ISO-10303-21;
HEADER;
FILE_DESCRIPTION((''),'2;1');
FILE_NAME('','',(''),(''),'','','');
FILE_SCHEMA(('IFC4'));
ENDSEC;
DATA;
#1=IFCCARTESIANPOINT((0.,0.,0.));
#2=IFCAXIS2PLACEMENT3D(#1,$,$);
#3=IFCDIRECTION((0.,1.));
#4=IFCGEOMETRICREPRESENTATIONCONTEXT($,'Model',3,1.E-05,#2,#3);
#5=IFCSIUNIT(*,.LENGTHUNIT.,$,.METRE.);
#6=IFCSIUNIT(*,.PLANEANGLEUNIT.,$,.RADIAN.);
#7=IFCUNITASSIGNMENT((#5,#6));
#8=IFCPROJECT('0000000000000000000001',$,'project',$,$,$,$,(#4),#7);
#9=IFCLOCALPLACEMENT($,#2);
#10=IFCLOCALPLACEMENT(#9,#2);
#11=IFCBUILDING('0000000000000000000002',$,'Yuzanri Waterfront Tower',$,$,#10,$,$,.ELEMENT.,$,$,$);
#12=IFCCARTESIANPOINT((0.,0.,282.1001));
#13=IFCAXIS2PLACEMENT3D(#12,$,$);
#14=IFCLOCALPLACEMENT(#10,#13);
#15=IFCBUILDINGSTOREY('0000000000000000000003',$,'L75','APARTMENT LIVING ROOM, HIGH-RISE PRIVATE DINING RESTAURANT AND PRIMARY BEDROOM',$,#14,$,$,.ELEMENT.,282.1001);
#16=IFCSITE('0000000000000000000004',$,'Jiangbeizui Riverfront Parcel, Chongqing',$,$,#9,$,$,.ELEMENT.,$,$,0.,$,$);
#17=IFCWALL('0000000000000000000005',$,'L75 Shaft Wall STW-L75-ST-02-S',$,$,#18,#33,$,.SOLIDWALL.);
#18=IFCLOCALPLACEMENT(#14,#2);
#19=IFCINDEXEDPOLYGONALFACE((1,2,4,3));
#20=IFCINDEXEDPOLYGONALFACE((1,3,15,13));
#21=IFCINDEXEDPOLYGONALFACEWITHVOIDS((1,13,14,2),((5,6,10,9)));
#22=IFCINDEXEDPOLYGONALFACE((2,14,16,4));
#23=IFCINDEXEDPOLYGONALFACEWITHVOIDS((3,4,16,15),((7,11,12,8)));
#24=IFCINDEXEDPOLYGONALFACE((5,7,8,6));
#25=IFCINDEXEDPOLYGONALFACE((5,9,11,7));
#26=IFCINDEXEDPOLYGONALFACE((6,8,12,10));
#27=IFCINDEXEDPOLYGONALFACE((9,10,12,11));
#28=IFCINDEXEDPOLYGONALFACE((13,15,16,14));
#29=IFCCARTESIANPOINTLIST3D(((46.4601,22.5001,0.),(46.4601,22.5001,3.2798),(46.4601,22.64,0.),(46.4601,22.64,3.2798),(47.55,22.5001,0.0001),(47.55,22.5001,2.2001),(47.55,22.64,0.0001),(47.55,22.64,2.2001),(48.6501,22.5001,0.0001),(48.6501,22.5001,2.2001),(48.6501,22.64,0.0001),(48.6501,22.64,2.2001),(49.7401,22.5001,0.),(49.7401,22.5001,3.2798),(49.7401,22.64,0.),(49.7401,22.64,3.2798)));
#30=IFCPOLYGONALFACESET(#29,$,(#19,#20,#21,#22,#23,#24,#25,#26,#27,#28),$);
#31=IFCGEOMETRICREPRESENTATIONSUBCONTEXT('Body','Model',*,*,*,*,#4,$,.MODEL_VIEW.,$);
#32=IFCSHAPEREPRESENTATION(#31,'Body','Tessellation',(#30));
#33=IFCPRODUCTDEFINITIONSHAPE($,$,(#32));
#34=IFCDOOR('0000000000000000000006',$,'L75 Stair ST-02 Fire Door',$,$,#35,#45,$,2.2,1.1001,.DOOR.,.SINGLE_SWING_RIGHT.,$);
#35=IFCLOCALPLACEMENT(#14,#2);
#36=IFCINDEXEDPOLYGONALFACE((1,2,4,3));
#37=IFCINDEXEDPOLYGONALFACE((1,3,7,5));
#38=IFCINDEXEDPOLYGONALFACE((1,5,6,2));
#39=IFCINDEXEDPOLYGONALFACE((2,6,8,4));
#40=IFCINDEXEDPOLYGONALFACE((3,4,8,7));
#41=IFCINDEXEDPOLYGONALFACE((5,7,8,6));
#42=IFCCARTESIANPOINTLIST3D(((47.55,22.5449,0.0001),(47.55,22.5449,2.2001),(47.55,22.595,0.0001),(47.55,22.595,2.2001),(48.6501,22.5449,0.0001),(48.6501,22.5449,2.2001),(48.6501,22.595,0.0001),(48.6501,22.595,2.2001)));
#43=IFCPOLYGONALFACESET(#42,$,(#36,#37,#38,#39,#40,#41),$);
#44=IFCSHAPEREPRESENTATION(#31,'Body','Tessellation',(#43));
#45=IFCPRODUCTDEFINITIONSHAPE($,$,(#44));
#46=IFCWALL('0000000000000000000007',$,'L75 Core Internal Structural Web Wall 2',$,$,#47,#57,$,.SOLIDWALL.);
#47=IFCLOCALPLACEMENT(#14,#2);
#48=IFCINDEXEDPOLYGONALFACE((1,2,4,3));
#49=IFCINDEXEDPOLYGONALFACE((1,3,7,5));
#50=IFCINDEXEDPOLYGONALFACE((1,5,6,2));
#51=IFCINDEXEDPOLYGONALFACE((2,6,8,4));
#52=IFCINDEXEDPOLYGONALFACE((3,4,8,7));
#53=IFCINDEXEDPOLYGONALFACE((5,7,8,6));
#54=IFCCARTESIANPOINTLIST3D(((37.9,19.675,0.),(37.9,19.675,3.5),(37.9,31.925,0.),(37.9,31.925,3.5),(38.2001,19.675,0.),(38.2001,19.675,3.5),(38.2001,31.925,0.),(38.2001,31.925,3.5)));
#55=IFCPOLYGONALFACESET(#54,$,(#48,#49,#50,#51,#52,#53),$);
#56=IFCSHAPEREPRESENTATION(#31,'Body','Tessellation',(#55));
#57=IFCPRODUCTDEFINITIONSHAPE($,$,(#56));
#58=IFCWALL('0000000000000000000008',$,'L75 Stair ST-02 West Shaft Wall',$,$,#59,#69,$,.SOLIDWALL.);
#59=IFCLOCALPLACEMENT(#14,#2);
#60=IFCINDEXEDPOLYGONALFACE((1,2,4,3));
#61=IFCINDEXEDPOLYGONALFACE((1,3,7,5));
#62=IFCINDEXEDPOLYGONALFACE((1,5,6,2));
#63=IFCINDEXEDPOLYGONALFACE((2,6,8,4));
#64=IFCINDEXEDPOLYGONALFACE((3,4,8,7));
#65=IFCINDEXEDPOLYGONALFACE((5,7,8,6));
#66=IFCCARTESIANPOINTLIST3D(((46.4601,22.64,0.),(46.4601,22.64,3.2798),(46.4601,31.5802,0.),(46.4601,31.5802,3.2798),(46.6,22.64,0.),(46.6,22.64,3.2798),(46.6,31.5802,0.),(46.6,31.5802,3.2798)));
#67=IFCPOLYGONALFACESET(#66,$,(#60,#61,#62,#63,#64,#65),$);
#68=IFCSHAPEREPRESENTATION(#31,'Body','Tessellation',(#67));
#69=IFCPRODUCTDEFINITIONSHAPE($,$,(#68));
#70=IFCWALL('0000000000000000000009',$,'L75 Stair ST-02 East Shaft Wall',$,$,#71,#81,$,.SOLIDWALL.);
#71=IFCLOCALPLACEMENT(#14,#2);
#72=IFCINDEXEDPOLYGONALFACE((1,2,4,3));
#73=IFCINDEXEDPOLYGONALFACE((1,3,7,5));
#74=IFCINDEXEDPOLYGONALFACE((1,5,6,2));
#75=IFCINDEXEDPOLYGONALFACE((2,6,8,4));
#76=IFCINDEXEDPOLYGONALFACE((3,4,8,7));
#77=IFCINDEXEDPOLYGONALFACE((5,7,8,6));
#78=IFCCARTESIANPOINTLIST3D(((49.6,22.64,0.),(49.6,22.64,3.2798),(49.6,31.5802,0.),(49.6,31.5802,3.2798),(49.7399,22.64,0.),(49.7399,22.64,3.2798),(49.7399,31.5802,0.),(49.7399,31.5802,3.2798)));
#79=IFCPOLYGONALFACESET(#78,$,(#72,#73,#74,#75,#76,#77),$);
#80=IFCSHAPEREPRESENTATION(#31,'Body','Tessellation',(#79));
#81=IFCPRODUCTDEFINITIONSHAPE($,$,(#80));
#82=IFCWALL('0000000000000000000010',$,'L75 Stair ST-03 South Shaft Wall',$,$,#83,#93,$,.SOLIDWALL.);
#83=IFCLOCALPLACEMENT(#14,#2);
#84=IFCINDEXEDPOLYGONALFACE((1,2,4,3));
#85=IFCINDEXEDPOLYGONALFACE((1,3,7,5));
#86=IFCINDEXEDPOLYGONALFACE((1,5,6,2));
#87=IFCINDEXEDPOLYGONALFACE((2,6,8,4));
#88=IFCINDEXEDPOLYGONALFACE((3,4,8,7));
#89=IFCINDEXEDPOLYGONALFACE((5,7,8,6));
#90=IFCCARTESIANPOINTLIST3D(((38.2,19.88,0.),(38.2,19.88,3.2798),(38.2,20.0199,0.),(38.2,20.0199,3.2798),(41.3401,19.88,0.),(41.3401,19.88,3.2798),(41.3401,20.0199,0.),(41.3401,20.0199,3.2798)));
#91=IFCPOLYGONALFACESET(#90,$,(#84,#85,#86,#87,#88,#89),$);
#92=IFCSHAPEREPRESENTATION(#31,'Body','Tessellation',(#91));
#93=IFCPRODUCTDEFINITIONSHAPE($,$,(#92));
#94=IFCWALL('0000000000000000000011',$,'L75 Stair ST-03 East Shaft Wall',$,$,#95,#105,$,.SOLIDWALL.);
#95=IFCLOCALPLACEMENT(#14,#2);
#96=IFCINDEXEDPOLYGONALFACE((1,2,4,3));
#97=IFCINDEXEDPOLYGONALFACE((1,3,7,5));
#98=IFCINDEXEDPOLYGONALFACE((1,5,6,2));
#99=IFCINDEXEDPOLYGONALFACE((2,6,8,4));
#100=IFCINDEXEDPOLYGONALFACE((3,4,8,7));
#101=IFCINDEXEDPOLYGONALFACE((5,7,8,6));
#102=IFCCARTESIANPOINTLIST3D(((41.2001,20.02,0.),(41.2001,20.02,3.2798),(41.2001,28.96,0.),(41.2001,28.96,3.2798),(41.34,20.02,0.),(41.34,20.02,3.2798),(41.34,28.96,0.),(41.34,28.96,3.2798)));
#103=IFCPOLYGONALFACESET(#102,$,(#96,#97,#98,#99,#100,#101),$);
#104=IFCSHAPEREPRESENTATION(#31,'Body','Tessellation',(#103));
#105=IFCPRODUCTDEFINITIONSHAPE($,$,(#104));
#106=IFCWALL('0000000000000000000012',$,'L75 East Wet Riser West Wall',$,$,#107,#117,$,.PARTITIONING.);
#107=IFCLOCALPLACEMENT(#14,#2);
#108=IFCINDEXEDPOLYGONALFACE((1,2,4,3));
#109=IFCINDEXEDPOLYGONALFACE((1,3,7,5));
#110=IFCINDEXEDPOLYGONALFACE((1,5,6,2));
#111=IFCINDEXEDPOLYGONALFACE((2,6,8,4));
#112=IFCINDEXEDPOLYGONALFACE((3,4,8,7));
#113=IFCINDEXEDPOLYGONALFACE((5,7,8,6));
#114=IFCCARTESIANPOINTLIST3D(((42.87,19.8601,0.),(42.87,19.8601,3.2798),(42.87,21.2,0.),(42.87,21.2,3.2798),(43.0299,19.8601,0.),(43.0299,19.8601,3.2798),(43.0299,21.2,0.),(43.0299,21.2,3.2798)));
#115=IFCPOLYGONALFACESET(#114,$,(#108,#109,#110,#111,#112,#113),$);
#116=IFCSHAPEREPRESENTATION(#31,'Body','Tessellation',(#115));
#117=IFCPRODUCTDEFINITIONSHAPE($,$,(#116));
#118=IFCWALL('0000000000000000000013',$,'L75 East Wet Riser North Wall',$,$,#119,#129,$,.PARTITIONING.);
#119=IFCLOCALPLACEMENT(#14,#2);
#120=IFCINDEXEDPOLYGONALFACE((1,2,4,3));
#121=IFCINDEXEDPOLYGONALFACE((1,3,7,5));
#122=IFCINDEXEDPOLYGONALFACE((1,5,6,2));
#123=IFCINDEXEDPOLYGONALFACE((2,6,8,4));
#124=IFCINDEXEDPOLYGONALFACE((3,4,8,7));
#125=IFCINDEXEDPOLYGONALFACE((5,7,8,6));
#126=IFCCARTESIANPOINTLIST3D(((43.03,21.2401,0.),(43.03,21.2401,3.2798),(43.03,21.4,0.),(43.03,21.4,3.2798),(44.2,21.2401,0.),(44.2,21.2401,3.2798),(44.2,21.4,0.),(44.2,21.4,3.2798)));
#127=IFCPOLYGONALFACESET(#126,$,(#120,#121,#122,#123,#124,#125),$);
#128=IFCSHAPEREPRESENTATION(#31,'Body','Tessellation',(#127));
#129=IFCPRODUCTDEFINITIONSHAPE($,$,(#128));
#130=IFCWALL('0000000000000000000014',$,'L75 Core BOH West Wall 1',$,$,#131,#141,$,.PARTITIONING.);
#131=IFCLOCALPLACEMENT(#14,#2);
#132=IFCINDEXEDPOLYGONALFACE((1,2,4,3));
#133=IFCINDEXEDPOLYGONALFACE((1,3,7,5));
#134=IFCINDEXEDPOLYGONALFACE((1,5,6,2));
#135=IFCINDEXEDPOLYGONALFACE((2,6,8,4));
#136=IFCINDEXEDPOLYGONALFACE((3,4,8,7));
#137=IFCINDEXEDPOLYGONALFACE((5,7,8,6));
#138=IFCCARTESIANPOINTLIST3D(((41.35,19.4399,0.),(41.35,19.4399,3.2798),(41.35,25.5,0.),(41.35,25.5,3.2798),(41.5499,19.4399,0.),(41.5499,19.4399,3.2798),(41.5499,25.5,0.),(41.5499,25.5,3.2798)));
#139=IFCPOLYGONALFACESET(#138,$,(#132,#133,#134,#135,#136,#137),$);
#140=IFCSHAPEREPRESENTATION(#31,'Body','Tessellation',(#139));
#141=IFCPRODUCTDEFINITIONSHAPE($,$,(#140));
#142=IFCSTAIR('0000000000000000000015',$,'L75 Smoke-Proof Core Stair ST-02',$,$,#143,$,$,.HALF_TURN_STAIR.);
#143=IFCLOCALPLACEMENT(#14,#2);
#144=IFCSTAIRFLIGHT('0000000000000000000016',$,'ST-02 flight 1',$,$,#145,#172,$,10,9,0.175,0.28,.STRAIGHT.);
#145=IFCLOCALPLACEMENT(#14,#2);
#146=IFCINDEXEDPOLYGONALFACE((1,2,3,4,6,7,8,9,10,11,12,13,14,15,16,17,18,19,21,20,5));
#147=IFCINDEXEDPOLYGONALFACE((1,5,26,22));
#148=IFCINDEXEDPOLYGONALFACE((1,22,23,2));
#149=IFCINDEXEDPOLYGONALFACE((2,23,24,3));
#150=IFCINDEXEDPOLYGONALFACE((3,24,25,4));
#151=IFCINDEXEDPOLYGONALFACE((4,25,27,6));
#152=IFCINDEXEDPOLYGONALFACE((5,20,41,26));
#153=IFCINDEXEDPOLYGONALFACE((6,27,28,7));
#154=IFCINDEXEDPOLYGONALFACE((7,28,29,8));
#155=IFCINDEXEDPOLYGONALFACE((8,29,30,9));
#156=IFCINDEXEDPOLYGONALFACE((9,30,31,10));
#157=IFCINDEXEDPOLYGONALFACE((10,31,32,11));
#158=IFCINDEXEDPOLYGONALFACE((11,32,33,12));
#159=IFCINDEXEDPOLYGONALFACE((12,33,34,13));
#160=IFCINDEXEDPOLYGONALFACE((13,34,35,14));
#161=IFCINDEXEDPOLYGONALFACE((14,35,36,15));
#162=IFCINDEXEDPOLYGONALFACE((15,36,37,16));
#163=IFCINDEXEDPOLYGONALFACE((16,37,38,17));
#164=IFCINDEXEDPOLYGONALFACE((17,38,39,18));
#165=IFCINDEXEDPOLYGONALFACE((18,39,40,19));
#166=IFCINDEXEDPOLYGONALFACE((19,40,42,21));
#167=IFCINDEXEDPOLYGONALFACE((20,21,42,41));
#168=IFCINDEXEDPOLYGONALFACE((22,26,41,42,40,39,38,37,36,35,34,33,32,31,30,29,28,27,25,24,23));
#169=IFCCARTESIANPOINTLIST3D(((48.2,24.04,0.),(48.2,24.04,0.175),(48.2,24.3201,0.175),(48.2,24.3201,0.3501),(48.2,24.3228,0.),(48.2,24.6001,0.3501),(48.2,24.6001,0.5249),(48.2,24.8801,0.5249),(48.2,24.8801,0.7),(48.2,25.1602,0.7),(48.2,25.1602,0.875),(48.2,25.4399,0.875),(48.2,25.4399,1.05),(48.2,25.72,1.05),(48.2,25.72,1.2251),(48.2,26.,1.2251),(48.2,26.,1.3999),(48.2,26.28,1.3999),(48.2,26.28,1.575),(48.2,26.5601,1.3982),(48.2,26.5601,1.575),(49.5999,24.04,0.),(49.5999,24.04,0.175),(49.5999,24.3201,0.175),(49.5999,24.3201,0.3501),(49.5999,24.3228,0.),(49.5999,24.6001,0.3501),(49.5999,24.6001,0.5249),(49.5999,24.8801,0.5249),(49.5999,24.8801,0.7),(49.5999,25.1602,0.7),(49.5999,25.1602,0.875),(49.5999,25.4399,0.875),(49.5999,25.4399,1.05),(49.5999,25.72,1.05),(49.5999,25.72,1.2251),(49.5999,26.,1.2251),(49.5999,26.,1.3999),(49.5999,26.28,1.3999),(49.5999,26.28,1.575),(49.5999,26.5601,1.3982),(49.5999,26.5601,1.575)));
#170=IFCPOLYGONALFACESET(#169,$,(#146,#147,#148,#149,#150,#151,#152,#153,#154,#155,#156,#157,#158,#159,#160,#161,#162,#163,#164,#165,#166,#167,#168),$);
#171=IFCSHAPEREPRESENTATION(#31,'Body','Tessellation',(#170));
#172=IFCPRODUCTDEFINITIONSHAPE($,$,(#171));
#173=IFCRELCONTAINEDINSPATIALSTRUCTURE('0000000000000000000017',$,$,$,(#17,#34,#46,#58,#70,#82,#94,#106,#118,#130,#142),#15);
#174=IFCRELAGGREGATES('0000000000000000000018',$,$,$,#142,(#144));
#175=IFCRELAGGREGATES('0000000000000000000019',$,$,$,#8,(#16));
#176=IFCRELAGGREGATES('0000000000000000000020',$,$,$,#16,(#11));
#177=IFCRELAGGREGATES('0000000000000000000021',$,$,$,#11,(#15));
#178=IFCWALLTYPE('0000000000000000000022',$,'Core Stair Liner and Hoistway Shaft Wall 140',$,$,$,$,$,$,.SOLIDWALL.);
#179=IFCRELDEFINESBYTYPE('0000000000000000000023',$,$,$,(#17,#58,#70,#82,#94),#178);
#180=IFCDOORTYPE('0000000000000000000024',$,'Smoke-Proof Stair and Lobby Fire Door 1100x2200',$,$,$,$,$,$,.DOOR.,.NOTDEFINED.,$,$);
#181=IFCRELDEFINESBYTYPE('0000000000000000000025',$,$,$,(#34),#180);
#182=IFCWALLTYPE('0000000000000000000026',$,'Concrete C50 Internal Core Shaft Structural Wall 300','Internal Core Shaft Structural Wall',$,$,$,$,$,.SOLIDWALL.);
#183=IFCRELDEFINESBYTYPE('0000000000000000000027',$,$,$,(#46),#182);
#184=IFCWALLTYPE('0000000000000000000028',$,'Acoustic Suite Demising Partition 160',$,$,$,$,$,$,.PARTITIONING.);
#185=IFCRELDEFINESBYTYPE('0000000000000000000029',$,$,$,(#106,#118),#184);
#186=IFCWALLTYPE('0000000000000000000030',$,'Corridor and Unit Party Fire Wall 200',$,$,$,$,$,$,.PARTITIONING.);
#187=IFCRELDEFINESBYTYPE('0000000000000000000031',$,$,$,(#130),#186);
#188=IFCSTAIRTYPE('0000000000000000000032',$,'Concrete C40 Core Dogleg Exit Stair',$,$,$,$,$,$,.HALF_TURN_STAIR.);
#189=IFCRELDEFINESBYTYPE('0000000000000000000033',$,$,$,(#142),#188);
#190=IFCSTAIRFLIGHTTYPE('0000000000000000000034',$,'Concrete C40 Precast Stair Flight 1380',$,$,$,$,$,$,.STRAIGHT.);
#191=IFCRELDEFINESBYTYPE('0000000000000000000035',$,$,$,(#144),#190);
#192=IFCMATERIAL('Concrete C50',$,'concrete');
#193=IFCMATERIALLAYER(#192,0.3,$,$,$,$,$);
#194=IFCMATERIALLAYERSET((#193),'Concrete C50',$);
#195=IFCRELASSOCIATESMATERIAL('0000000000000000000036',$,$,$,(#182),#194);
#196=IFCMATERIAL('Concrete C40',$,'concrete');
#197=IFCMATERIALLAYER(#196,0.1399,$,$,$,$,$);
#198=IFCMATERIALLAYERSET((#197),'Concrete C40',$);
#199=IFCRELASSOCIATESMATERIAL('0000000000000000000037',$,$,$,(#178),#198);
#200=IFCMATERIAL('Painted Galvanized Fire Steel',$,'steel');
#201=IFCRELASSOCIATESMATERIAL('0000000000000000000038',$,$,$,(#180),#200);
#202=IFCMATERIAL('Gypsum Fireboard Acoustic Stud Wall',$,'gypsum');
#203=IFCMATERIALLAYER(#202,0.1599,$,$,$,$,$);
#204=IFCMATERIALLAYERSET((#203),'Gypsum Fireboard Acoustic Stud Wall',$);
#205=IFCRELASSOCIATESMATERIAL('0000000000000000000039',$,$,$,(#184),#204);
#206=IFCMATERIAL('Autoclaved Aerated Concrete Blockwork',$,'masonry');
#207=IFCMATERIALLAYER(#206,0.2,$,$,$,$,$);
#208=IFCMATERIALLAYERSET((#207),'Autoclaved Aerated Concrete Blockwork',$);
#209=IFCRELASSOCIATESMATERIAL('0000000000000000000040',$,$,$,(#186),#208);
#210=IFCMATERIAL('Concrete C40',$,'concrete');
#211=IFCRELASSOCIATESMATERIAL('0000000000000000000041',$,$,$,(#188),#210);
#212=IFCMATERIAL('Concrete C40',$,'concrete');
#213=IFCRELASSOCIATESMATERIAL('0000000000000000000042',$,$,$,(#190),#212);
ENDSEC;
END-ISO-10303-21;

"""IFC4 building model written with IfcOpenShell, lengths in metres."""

from ifc_helpers import new_model, si_unit, direction, frame, frame_2d, origin, place, context, subcontext, project, spatial, polyline, rectangle, outline, extrude, source, transform, mapped, material, layer, layer_set, type_object, element, fill, aggregate, save


model = new_model("IFC4")

# Units and contexts
model_context = context("Model", 3, precision=1e-05, world=origin(), true_north=direction((0.0, 1.0)))
body_context = subcontext(model_context, "Body", "Model", "MODEL_VIEW")
ifc_project = project(units=[si_unit("LENGTHUNIT", "METRE"), si_unit("PLANEANGLEUNIT", "RADIAN")], contexts=[model_context])

# Site, building, storey
site_placement = place(None, origin())
site = spatial("IfcSite", under=ifc_project, at=site_placement, Name="Jiangbeizui Riverfront Parcel, Chongqing", CompositionType="ELEMENT", RefElevation=0.0)
building_placement = place(site_placement, origin())
building = spatial("IfcBuilding", under=site, at=building_placement, Name="Yuzanri Waterfront Tower", CompositionType="ELEMENT")
storey_placement = place(building_placement, frame((0.0, 0.0, 282.1001)))
storey = spatial("IfcBuildingStorey", under=building, at=storey_placement, Name="L75", Description="APARTMENT LIVING ROOM, HIGH-RISE PRIVATE DINING RESTAURANT AND PRIMARY BEDROOM", CompositionType="ELEMENT", Elevation=282.1001)

# Shared definitions
ifc_material_1 = material(Name="Concrete C50", Category="concrete")
ifc_layer_1 = layer(ifc_material_1, 0.3)
ifc_layer_set_1 = layer_set([ifc_layer_1], Name="Concrete C50")
wall_type_1 = type_object("IfcWallType", Name="Concrete C50 Internal Core Shaft Structural Wall 300", Description="Internal Core Shaft Structural Wall", PredefinedType="SOLIDWALL", material=ifc_layer_set_1)

# Wall, opening, door
ifc_material_2 = material(Name="Concrete C40", Category="concrete")
ifc_layer_2 = layer(ifc_material_2, 0.1399)
ifc_layer_set_2 = layer_set([ifc_layer_2], Name="Concrete C40")
wall_type_2 = type_object("IfcWallType", Name="Core Stair Liner and Hoistway Shaft Wall 140", PredefinedType="SOLIDWALL", material=ifc_layer_set_2)
wall_1_placement = place(storey_placement, frame((46.46, 22.5701, 0.0), z_axis=(0.0, 0.0, 1.0), x_axis=(1.0, 0.0, 0.0)))
wall_1 = element("IfcWall", 1, at=wall_1_placement, inside=storey, type_object=wall_type_2, Name="L75 Shaft Wall STW-L75-ST-02-S", PredefinedType="SOLIDWALL", context=body_context, shape_type="SweptSolid", body=[
    extrude(rectangle(XDim=3.28, YDim=0.1399, at=frame_2d((1.6401, 0.0))), origin(), (0.0, 0.0, 1.0), 3.2798),
])
opening_1_placement = place(wall_1_placement, frame((1.0901, 0.0, 0.0)))
opening_1 = element("IfcOpeningElement", 2, at=opening_1_placement, cuts=wall_1, PredefinedType="OPENING", context=body_context, shape_type="SweptSolid", body=[
    extrude(rectangle(XDim=1.1001, YDim=2.2, at=frame_2d((0.55, 1.1001))), frame((0.0, 0.085, 0.0), z_axis=(0.0, -1.0, 0.0), x_axis=(1.0, 0.0, 0.0)), (0.0, 0.0, 1.0), 0.1697),
])
ifc_material_3 = material(Name="Painted Galvanized Fire Steel", Category="steel")
door_type_1 = type_object("IfcDoorType", Name="Smoke-Proof Stair and Lobby Fire Door 1100x2200", OperationType="NOTDEFINED", PredefinedType="DOOR", material=ifc_material_3)
shared_shape_1 = source(origin(), body_context, "Body", "SweptSolid", [
    extrude(rectangle(XDim=1.1001, YDim=2.2, at=frame_2d((0.55, 1.1001))), frame((0.0, 0.0249, 0.0), z_axis=(0.0, -1.0, 0.0), x_axis=(1.0, 0.0, 0.0)), (0.0, 0.0, 1.0), 0.05),
])
door_1_placement = place(opening_1_placement, origin())
door_1 = element("IfcDoor", 3, at=door_1_placement, inside=storey, type_object=door_type_1, Name="L75 Stair ST-02 Fire Door", OperationType="SINGLE_SWING_RIGHT", OverallHeight=2.2, OverallWidth=1.1001, PredefinedType="DOOR", context=body_context, shape_type="MappedRepresentation", body=[
    mapped(shared_shape_1, transform((0.0, 0.0, 0.0), scale=1.0)),
])
fill(opening_1, door_1)

# Walls
shared_shape_2 = source(origin(), body_context, "Body", "SweptSolid", [
    extrude(rectangle(XDim=12.25, YDim=0.3, at=frame_2d((6.125, 0.0))), origin(), (0.0, 0.0, 1.0), 3.5),
])
wall_2_placement = place(storey_placement, frame((38.05, 19.675, 0.0), z_axis=(0.0, 0.0, 1.0), x_axis=(0.0, 1.0, 0.0)))
element("IfcWall", 4, at=wall_2_placement, inside=storey, type_object=wall_type_1, Name="L75 Core Internal Structural Web Wall 2", PredefinedType="SOLIDWALL", context=body_context, shape_type="MappedRepresentation", body=[
    mapped(shared_shape_2, transform((0.0, 0.0, 0.0), scale=1.0)),
])
shared_shape_3 = source(origin(), body_context, "Body", "SweptSolid", [
    extrude(rectangle(XDim=8.9402, YDim=0.1399, at=frame_2d((4.4702, 0.0))), origin(), (0.0, 0.0, 1.0), 3.2798),
])
for number, where, z_axis, x_axis, name in (
    (5, (46.53, 22.6399, 0.0), (0.0, 0.0, 1.0), (0.0, 1.0, 0.0), "L75 Stair ST-02 West Shaft Wall"),
    (6, (49.6699, 22.6399, 0.0), (0.0, 0.0, 1.0), (0.0, 1.0, 0.0), "L75 Stair ST-02 East Shaft Wall"),
):
    element("IfcWall", number, at=place(storey_placement, frame(where, z_axis=z_axis, x_axis=x_axis)), inside=storey, type_object=wall_type_2, Name=name, PredefinedType="SOLIDWALL", context=body_context, shape_type="MappedRepresentation", body=[
        mapped(shared_shape_3, transform((0.0, 0.0, 0.0), scale=1.0)),
    ])
shared_shape_4 = source(origin(), body_context, "Body", "SweptSolid", [
    extrude(rectangle(XDim=3.1401, YDim=0.1399, at=frame_2d((1.5701, 0.0))), origin(), (0.0, 0.0, 1.0), 3.2798),
])
wall_3_placement = place(storey_placement, frame((38.2, 19.95, 0.0), z_axis=(0.0, 0.0, 1.0), x_axis=(1.0, 0.0, 0.0)))
element("IfcWall", 7, at=wall_3_placement, inside=storey, type_object=wall_type_2, Name="L75 Stair ST-03 South Shaft Wall", PredefinedType="SOLIDWALL", context=body_context, shape_type="MappedRepresentation", body=[
    mapped(shared_shape_4, transform((0.0, 0.0, 0.0), scale=1.0)),
])
shared_shape_5 = source(origin(), body_context, "Body", "SweptSolid", [
    extrude(rectangle(XDim=8.9399, YDim=0.1399, at=frame_2d((4.47, 0.0))), origin(), (0.0, 0.0, 1.0), 3.2798),
])
wall_4_placement = place(storey_placement, frame((41.27, 20.02, 0.0), z_axis=(0.0, 0.0, 1.0), x_axis=(0.0, 1.0, 0.0)))
element("IfcWall", 8, at=wall_4_placement, inside=storey, type_object=wall_type_2, Name="L75 Stair ST-03 East Shaft Wall", PredefinedType="SOLIDWALL", context=body_context, shape_type="MappedRepresentation", body=[
    mapped(shared_shape_5, transform((0.0, 0.0, 0.0), scale=1.0)),
])
ifc_material_4 = material(Name="Gypsum Fireboard Acoustic Stud Wall", Category="gypsum")
ifc_layer_3 = layer(ifc_material_4, 0.1599)
ifc_layer_set_3 = layer_set([ifc_layer_3], Name="Gypsum Fireboard Acoustic Stud Wall")
wall_type_3 = type_object("IfcWallType", Name="Acoustic Suite Demising Partition 160", PredefinedType="PARTITIONING", material=ifc_layer_set_3)
shared_shape_6 = source(origin(), body_context, "Body", "SweptSolid", [
    extrude(rectangle(XDim=1.3398, YDim=0.1599, at=frame_2d((0.6699, 0.0))), origin(), (0.0, 0.0, 1.0), 3.2798),
])
wall_5_placement = place(storey_placement, frame((42.95, 19.8601, 0.0), z_axis=(0.0, 0.0, 1.0), x_axis=(0.0, 1.0, 0.0)))
element("IfcWall", 9, at=wall_5_placement, inside=storey, type_object=wall_type_3, Name="L75 East Wet Riser West Wall", PredefinedType="PARTITIONING", context=body_context, shape_type="MappedRepresentation", body=[
    mapped(shared_shape_6, transform((0.0, 0.0, 0.0), scale=1.0)),
])
shared_shape_7 = source(origin(), body_context, "Body", "SweptSolid", [
    extrude(rectangle(XDim=1.1699, YDim=0.1599, at=frame_2d((0.585, 0.0))), origin(), (0.0, 0.0, 1.0), 3.2798),
])
wall_6_placement = place(storey_placement, frame((43.03, 21.3201, 0.0), z_axis=(0.0, 0.0, 1.0), x_axis=(1.0, 0.0, 0.0)))
element("IfcWall", 10, at=wall_6_placement, inside=storey, type_object=wall_type_3, Name="L75 East Wet Riser North Wall", PredefinedType="PARTITIONING", context=body_context, shape_type="MappedRepresentation", body=[
    mapped(shared_shape_7, transform((0.0, 0.0, 0.0), scale=1.0)),
])
ifc_material_5 = material(Name="Autoclaved Aerated Concrete Blockwork", Category="masonry")
ifc_layer_4 = layer(ifc_material_5, 0.2)
ifc_layer_set_4 = layer_set([ifc_layer_4], Name="Autoclaved Aerated Concrete Blockwork")
wall_type_4 = type_object("IfcWallType", Name="Corridor and Unit Party Fire Wall 200", PredefinedType="PARTITIONING", material=ifc_layer_set_4)
shared_shape_8 = source(origin(), body_context, "Body", "SweptSolid", [
    extrude(rectangle(XDim=6.0601, YDim=0.2, at=frame_2d((3.03, 0.0))), origin(), (0.0, 0.0, 1.0), 3.2798),
])
wall_7_placement = place(storey_placement, frame((41.45, 19.4399, 0.0), z_axis=(0.0, 0.0, 1.0), x_axis=(0.0, 1.0, 0.0)))
element("IfcWall", 11, at=wall_7_placement, inside=storey, type_object=wall_type_4, Name="L75 Core BOH West Wall 1", PredefinedType="PARTITIONING", context=body_context, shape_type="MappedRepresentation", body=[
    mapped(shared_shape_8, transform((0.0, 0.0, 0.0), scale=1.0)),
])

# Stair, stair flight
ifc_material_6 = material(Name="Concrete C40", Category="concrete")
stair_type = type_object("IfcStairType", Name="Concrete C40 Core Dogleg Exit Stair", PredefinedType="HALF_TURN_STAIR", material=ifc_material_6)
stair_1_placement = place(storey_placement, origin())
stair_1 = element("IfcStair", 12, at=stair_1_placement, inside=storey, type_object=stair_type, Name="L75 Smoke-Proof Core Stair ST-02", PredefinedType="HALF_TURN_STAIR")
ifc_material_7 = material(Name="Concrete C40", Category="concrete")
stair_flight_type = type_object("IfcStairFlightType", Name="Concrete C40 Precast Stair Flight 1380", PredefinedType="STRAIGHT", material=ifc_material_7)
shared_shape_9 = source(origin(), body_context, "Body", "SweptSolid", [
    extrude(outline(polyline([(0.0, 0.0), (0.0, 0.175), (0.28, 0.175), (0.28, 0.3501), (0.5601, 0.3501), (0.5601, 0.5249), (0.8401, 0.5249), (0.8401, 0.7), (1.1201, 0.7), (1.1201, 0.875), (1.3999, 0.875), (1.3999, 1.05), (1.6799, 1.05), (1.6799, 1.2251), (1.96, 1.2251), (1.96, 1.3999), (2.24, 1.3999), (2.24, 1.575), (2.52, 1.575), (2.52, 1.75), (2.52, 1.3982), (0.2827, 0.0), (0.0, 0.0)])), frame((0.0, 0.7, 0.0), z_axis=(0.0, -1.0, 0.0), x_axis=(1.0, 0.0, 0.0)), (0.0, 0.0, 1.0), 1.3999),
])
stair_flight_1_placement = place(storey_placement, frame((48.8999, 24.04, 0.0), z_axis=(0.0, 0.0, 1.0), x_axis=(0.0, 1.0, 0.0)))
stair_flight_1 = element("IfcStairFlight", 13, at=stair_flight_1_placement, type_object=stair_flight_type, Name="ST-02 flight 1", NumberOfRisers=10, NumberOfTreads=9, PredefinedType="STRAIGHT", RiserHeight=0.175, TreadLength=0.28, context=body_context, shape_type="MappedRepresentation", body=[
    mapped(shared_shape_9, transform((0.0, 0.0, 0.0), scale=1.0)),
])
aggregate(stair_1, [stair_flight_1])

save(model, "model.ifc")
